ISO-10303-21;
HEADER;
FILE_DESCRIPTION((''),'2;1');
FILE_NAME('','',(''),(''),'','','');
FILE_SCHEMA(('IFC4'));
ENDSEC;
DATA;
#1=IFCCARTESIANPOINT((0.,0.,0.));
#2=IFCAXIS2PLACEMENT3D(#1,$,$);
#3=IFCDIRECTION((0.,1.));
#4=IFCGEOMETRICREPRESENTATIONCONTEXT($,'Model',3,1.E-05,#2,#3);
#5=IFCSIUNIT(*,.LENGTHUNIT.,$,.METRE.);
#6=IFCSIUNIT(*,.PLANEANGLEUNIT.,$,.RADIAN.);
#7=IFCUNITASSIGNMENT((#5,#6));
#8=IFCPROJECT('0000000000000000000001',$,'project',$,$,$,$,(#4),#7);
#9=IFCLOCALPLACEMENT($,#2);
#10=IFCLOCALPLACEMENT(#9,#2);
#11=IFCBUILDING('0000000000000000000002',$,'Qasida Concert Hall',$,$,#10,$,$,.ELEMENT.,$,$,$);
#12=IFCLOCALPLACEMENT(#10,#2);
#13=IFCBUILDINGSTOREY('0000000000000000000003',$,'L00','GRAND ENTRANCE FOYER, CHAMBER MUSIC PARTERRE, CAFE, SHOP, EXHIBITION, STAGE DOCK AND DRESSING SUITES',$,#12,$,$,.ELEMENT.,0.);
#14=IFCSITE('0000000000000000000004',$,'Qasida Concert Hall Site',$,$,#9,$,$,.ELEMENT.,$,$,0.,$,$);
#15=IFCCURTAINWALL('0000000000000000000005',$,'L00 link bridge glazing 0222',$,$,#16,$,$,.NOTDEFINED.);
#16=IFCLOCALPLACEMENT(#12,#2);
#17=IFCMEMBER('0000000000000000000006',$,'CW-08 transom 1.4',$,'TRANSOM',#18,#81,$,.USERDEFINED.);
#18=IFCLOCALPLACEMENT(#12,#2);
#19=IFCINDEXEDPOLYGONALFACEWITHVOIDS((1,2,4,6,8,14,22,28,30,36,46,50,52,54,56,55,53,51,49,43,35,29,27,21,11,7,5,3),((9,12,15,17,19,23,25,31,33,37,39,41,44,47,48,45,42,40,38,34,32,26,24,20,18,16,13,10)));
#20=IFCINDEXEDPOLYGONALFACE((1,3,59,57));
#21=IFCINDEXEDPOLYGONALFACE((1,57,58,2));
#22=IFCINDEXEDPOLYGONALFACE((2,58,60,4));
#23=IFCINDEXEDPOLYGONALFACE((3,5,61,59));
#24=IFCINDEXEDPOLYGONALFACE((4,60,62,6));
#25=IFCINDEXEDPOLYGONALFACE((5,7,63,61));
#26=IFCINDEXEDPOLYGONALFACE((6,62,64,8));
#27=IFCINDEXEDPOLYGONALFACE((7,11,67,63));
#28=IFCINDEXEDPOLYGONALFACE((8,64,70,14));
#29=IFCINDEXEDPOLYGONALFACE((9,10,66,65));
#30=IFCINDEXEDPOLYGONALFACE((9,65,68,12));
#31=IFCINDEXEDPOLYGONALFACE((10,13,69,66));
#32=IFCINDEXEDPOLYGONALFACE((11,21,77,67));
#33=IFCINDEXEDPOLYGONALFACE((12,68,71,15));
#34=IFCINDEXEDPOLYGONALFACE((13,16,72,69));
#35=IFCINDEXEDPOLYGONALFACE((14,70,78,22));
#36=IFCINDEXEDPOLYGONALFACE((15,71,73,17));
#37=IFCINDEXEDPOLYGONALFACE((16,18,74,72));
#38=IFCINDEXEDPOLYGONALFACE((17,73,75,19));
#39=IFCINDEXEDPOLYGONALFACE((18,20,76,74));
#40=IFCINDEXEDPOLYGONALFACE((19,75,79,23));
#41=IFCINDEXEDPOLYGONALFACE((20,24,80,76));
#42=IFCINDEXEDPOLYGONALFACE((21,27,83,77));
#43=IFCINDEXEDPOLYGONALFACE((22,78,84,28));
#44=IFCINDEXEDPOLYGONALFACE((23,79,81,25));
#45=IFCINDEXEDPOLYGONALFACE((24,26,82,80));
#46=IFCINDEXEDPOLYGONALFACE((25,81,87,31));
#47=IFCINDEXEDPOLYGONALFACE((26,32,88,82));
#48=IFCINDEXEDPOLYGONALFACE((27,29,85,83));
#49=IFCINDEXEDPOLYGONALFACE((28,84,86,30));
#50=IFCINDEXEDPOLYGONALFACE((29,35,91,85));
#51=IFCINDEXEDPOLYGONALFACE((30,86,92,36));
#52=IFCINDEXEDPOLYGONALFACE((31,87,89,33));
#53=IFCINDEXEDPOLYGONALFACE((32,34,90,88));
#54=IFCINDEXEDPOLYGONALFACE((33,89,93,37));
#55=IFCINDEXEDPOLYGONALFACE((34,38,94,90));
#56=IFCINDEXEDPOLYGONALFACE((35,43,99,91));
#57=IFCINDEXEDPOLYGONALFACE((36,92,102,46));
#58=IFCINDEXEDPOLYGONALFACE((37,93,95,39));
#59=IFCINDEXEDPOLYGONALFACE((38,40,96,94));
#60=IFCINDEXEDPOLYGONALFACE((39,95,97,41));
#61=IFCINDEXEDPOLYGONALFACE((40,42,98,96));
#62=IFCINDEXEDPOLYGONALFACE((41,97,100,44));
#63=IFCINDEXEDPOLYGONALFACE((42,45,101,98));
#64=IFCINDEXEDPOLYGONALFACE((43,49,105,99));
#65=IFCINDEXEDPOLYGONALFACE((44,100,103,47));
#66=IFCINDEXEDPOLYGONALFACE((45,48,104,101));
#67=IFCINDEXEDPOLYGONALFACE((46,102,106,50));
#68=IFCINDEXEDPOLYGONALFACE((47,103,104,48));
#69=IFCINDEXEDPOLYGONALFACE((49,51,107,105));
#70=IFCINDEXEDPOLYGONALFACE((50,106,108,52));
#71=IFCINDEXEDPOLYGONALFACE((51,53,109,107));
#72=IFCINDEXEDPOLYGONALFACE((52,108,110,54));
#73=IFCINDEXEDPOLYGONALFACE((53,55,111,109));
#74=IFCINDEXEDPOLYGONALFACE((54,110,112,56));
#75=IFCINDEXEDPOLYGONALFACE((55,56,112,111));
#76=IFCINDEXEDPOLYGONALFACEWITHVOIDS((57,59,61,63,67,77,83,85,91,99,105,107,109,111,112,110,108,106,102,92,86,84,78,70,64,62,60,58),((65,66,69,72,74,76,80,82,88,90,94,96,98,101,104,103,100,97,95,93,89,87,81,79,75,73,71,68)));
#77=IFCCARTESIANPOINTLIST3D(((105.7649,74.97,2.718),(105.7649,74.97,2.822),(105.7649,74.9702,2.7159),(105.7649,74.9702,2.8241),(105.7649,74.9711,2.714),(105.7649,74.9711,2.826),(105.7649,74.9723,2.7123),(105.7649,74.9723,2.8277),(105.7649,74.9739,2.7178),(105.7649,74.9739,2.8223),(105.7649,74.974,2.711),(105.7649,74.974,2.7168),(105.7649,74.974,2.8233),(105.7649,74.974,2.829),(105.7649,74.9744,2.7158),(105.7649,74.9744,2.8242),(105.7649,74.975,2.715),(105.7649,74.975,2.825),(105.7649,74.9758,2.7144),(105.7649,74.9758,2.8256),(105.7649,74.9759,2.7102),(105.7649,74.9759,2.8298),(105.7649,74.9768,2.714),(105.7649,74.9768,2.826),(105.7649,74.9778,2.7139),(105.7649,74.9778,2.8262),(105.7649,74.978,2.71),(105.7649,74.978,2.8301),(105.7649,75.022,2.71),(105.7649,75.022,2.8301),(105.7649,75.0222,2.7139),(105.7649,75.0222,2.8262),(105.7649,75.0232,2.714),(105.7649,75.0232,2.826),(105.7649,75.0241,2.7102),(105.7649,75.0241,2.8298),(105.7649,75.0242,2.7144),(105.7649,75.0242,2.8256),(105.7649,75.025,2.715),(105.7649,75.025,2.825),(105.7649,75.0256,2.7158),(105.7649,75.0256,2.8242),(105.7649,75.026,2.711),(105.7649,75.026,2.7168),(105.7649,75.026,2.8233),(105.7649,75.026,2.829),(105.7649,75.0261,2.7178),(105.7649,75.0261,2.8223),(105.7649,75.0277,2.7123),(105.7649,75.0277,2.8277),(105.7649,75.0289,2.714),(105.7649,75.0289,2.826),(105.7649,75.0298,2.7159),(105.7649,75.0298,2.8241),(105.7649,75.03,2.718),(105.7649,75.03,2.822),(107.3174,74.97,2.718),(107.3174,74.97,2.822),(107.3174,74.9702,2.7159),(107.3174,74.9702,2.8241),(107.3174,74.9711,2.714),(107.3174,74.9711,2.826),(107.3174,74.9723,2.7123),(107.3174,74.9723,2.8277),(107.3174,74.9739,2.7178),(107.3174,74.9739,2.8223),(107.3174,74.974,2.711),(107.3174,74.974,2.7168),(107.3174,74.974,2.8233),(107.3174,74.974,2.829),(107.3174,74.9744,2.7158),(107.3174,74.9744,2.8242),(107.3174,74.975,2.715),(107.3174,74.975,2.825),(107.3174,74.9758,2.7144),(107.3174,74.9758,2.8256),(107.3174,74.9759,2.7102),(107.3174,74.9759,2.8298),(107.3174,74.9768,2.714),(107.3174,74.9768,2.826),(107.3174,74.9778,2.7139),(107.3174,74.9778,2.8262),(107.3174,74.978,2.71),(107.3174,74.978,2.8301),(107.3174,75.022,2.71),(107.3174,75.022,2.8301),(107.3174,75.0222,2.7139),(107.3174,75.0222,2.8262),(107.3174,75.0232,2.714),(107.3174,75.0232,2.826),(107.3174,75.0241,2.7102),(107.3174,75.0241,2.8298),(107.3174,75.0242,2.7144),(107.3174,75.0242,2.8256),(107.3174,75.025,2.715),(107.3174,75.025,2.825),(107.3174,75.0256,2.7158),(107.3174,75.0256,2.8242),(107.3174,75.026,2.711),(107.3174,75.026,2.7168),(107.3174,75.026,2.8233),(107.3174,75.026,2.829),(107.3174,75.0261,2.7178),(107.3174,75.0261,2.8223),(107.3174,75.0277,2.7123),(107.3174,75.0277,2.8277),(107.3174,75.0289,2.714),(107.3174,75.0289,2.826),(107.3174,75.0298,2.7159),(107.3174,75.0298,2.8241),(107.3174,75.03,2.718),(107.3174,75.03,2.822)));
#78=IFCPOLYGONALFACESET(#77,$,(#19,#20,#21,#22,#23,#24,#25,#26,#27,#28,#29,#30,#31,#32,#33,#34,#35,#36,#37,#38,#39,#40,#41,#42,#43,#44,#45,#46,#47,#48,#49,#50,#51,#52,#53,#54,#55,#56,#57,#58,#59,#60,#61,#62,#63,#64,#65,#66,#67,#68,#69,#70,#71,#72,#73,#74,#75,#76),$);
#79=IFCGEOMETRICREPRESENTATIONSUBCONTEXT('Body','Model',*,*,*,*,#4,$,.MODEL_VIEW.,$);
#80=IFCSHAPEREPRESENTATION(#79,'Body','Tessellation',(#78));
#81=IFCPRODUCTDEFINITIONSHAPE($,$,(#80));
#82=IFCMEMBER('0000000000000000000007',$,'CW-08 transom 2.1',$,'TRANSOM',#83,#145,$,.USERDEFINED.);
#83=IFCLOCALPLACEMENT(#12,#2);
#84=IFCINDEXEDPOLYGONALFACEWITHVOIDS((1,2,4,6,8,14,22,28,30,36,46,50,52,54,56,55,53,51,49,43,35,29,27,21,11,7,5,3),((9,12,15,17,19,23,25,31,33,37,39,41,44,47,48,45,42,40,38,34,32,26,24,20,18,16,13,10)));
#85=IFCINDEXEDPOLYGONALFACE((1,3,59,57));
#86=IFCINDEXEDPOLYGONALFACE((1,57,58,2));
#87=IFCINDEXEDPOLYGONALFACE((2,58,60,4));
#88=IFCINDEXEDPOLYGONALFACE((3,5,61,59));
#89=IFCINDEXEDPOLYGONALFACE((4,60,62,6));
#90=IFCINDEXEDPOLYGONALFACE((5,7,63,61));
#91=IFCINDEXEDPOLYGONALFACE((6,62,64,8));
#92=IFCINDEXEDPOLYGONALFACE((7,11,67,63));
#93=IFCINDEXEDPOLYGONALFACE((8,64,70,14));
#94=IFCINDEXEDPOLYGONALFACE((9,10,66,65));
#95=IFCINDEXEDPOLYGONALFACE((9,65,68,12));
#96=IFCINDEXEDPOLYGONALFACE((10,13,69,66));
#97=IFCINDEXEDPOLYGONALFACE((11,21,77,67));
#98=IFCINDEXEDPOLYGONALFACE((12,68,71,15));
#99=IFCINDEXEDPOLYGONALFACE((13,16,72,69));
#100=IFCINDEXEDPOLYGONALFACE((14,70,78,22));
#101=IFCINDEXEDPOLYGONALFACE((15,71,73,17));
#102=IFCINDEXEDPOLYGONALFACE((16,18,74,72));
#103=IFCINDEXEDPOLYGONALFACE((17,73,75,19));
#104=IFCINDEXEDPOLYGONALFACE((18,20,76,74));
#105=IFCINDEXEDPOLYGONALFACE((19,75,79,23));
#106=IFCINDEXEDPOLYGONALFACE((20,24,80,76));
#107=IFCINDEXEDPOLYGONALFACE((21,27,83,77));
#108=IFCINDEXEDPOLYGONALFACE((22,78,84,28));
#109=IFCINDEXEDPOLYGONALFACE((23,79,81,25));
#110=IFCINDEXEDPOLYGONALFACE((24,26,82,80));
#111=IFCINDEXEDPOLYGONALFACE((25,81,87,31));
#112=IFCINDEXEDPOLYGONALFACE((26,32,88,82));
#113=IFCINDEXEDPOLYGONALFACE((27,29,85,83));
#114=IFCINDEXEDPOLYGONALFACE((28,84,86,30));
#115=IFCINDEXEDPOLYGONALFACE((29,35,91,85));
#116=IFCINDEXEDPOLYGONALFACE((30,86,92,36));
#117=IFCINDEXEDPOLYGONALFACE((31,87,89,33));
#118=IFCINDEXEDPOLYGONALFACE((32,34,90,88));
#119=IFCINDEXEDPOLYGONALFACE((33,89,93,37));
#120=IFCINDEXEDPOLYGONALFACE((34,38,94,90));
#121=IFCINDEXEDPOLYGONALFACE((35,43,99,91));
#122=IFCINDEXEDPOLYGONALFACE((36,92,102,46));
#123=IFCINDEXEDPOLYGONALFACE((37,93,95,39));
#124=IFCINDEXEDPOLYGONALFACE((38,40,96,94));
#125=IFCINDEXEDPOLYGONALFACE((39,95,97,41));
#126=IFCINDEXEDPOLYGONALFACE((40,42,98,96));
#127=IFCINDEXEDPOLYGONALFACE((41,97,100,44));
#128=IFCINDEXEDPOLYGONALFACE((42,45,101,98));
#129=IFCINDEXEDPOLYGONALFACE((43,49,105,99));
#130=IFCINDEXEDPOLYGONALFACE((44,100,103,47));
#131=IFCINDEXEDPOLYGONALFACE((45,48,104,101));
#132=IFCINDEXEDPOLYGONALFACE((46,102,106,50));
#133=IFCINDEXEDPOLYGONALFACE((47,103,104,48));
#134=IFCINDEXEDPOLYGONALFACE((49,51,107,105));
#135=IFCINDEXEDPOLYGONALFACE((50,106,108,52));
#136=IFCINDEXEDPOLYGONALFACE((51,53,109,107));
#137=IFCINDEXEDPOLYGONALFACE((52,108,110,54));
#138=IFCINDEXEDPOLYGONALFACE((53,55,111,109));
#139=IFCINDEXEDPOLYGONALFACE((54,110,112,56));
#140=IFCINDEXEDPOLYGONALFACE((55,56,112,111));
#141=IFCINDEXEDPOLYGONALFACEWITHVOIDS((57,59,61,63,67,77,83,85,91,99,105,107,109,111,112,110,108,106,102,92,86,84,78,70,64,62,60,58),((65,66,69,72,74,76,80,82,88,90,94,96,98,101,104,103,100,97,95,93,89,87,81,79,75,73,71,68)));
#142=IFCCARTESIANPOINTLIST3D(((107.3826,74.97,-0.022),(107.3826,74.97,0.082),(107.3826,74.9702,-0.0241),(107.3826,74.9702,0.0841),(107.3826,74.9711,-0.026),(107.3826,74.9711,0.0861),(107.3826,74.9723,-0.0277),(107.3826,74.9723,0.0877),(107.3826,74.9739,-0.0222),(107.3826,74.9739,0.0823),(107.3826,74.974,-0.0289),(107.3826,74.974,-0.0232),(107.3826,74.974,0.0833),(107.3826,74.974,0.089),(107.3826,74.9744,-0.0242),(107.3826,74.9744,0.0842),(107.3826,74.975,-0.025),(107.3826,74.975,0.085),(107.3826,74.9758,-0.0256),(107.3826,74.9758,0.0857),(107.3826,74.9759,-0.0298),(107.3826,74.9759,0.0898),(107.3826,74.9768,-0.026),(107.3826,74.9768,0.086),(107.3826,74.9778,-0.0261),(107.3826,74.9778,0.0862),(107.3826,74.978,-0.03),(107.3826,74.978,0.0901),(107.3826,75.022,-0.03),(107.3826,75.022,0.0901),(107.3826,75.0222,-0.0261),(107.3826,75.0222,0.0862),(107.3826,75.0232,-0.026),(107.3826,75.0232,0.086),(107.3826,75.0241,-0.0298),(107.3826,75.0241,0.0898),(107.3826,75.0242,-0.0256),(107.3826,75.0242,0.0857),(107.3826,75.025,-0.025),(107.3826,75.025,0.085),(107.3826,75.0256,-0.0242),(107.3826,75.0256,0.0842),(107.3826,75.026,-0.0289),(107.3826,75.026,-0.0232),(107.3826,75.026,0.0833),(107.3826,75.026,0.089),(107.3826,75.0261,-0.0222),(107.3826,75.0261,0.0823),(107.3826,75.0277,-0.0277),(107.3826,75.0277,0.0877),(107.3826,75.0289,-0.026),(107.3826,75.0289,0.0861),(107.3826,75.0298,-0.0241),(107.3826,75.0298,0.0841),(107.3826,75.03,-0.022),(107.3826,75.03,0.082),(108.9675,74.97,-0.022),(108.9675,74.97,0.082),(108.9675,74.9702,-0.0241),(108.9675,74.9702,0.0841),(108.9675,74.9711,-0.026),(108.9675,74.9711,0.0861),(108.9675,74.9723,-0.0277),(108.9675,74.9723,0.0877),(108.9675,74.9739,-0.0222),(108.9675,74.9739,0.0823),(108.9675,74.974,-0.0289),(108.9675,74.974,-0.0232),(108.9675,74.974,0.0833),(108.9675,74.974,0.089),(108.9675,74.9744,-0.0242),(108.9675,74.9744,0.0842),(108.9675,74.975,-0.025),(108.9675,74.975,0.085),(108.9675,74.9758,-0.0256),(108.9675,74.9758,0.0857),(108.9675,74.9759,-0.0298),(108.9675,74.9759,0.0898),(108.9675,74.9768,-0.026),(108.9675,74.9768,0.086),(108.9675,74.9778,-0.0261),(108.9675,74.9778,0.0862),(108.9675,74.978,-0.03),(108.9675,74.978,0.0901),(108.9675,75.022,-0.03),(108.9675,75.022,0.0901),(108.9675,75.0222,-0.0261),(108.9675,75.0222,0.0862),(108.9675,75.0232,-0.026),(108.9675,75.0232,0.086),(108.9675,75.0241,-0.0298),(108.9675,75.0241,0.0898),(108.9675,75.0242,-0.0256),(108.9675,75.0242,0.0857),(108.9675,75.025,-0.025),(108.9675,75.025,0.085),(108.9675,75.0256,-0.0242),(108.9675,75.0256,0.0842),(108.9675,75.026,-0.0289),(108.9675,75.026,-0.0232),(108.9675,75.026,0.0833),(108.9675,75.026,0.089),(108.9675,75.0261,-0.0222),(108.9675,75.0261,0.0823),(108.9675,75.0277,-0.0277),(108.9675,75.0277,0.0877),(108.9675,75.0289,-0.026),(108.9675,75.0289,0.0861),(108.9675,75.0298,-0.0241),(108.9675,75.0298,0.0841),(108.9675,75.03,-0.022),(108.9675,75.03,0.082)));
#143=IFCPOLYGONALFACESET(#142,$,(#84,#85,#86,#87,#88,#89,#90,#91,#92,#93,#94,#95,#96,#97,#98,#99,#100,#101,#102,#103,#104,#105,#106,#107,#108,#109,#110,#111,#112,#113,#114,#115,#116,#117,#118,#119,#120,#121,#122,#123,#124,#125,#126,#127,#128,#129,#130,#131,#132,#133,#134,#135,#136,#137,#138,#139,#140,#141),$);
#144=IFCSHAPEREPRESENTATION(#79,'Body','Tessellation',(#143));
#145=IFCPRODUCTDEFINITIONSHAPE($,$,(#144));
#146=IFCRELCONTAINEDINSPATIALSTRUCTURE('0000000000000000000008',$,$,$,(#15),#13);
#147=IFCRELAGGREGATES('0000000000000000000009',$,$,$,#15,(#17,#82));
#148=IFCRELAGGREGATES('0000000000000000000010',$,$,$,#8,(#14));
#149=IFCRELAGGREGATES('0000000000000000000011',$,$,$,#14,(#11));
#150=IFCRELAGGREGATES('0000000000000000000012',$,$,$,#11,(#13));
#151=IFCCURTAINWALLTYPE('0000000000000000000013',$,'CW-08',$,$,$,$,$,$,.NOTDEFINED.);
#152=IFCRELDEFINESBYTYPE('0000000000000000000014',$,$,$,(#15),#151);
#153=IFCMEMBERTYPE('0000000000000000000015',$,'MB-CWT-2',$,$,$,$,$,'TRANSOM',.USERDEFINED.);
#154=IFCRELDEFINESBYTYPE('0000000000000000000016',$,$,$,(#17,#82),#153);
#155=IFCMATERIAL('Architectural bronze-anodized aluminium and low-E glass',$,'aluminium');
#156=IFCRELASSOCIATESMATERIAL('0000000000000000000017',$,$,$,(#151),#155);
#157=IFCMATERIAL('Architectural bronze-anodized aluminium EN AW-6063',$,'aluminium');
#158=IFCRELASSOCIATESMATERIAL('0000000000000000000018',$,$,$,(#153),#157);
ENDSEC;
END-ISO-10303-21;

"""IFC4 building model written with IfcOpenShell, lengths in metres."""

from ifc_helpers import new_model, si_unit, direction, frame, origin, origin_2d, place, context, subcontext, project, spatial, hollow_rectangle, extrude, material, material_profile, profile_set, type_object, element, aggregate, save


model = new_model("IFC4")

# Units and contexts
model_context = context("Model", 3, precision=1e-05, world=origin(), true_north=direction((0.0, 1.0)))
body_context = subcontext(model_context, "Body", "Model", "MODEL_VIEW")
ifc_project = project(units=[si_unit("LENGTHUNIT", "METRE"), si_unit("PLANEANGLEUNIT", "RADIAN")], contexts=[model_context])

# Site, building, storey
site_placement = place(None, origin())
site = spatial("IfcSite", under=ifc_project, at=site_placement, Name="Qasida Concert Hall Site", CompositionType="ELEMENT", RefElevation=0.0)
building_placement = place(site_placement, origin())
building = spatial("IfcBuilding", under=site, at=building_placement, Name="Qasida Concert Hall", CompositionType="ELEMENT")
storey_placement = place(building_placement, origin())
storey = spatial("IfcBuildingStorey", under=building, at=storey_placement, Name="L00", Description="GRAND ENTRANCE FOYER, CHAMBER MUSIC PARTERRE, CAFE, SHOP, EXHIBITION, STAGE DOCK AND DRESSING SUITES", CompositionType="ELEMENT", Elevation=0.0)

# Curtain wall, members
ifc_material_1 = material(Name="Architectural bronze-anodized aluminium and low-E glass", Category="aluminium")
curtain_wall_type = type_object("IfcCurtainWallType", Name="CW-08", PredefinedType="NOTDEFINED", material=ifc_material_1)
curtain_wall_placement = place(storey_placement, origin())
curtain_wall = element("IfcCurtainWall", 1, at=curtain_wall_placement, inside=storey, type_object=curtain_wall_type, Name="L00 link bridge glazing 0222", PredefinedType="NOTDEFINED")
ifc_material_2 = material(Name="Architectural bronze-anodized aluminium EN AW-6063", Category="aluminium")
ifc_material_profile_1 = material_profile(ifc_material_2, hollow_rectangle(XDim=0.0601, YDim=0.1201, WallThickness=0.0039, InnerFilletRadius=0.0039, OuterFilletRadius=0.0081, at=origin_2d()), Name="CWT 120x60x4")
ifc_profile_set_1 = profile_set([ifc_material_profile_1], Name="Architectural bronze-anodized aluminium EN AW-6063")
member_type_1 = type_object("IfcMemberType", Name="MB-CWT-2", ElementType="TRANSOM", PredefinedType="USERDEFINED", material=ifc_profile_set_1)
member_1_placement = place(storey_placement, frame((105.7649, 75.0, 2.77), z_axis=(1.0, 0.0, 0.0), x_axis=(0.0, 1.0, 0.0)))
member_1 = element("IfcMember", 2, at=member_1_placement, type_object=member_type_1, Name="CW-08 transom 1.4", ObjectType="TRANSOM", PredefinedType="USERDEFINED", context=body_context, shape_type="SweptSolid", body=[
    extrude(hollow_rectangle(XDim=0.0601, YDim=0.1201, WallThickness=0.0039, InnerFilletRadius=0.0039, OuterFilletRadius=0.0081, at=origin_2d()), origin(), (0.0, 0.0, 1.0), 1.5525),
])
member_2_placement = place(storey_placement, frame((107.3826, 75.0, 0.03), z_axis=(1.0, 0.0, 0.0), x_axis=(0.0, 1.0, 0.0)))
member_2 = element("IfcMember", 3, at=member_2_placement, type_object=member_type_1, Name="CW-08 transom 2.1", ObjectType="TRANSOM", PredefinedType="USERDEFINED", context=body_context, shape_type="SweptSolid", body=[
    extrude(hollow_rectangle(XDim=0.0601, YDim=0.1201, WallThickness=0.0039, InnerFilletRadius=0.0039, OuterFilletRadius=0.0081, at=origin_2d()), origin(), (0.0, 0.0, 1.0), 1.585),
])
aggregate(curtain_wall, [member_1, member_2])

save(model, "model.ifc")
